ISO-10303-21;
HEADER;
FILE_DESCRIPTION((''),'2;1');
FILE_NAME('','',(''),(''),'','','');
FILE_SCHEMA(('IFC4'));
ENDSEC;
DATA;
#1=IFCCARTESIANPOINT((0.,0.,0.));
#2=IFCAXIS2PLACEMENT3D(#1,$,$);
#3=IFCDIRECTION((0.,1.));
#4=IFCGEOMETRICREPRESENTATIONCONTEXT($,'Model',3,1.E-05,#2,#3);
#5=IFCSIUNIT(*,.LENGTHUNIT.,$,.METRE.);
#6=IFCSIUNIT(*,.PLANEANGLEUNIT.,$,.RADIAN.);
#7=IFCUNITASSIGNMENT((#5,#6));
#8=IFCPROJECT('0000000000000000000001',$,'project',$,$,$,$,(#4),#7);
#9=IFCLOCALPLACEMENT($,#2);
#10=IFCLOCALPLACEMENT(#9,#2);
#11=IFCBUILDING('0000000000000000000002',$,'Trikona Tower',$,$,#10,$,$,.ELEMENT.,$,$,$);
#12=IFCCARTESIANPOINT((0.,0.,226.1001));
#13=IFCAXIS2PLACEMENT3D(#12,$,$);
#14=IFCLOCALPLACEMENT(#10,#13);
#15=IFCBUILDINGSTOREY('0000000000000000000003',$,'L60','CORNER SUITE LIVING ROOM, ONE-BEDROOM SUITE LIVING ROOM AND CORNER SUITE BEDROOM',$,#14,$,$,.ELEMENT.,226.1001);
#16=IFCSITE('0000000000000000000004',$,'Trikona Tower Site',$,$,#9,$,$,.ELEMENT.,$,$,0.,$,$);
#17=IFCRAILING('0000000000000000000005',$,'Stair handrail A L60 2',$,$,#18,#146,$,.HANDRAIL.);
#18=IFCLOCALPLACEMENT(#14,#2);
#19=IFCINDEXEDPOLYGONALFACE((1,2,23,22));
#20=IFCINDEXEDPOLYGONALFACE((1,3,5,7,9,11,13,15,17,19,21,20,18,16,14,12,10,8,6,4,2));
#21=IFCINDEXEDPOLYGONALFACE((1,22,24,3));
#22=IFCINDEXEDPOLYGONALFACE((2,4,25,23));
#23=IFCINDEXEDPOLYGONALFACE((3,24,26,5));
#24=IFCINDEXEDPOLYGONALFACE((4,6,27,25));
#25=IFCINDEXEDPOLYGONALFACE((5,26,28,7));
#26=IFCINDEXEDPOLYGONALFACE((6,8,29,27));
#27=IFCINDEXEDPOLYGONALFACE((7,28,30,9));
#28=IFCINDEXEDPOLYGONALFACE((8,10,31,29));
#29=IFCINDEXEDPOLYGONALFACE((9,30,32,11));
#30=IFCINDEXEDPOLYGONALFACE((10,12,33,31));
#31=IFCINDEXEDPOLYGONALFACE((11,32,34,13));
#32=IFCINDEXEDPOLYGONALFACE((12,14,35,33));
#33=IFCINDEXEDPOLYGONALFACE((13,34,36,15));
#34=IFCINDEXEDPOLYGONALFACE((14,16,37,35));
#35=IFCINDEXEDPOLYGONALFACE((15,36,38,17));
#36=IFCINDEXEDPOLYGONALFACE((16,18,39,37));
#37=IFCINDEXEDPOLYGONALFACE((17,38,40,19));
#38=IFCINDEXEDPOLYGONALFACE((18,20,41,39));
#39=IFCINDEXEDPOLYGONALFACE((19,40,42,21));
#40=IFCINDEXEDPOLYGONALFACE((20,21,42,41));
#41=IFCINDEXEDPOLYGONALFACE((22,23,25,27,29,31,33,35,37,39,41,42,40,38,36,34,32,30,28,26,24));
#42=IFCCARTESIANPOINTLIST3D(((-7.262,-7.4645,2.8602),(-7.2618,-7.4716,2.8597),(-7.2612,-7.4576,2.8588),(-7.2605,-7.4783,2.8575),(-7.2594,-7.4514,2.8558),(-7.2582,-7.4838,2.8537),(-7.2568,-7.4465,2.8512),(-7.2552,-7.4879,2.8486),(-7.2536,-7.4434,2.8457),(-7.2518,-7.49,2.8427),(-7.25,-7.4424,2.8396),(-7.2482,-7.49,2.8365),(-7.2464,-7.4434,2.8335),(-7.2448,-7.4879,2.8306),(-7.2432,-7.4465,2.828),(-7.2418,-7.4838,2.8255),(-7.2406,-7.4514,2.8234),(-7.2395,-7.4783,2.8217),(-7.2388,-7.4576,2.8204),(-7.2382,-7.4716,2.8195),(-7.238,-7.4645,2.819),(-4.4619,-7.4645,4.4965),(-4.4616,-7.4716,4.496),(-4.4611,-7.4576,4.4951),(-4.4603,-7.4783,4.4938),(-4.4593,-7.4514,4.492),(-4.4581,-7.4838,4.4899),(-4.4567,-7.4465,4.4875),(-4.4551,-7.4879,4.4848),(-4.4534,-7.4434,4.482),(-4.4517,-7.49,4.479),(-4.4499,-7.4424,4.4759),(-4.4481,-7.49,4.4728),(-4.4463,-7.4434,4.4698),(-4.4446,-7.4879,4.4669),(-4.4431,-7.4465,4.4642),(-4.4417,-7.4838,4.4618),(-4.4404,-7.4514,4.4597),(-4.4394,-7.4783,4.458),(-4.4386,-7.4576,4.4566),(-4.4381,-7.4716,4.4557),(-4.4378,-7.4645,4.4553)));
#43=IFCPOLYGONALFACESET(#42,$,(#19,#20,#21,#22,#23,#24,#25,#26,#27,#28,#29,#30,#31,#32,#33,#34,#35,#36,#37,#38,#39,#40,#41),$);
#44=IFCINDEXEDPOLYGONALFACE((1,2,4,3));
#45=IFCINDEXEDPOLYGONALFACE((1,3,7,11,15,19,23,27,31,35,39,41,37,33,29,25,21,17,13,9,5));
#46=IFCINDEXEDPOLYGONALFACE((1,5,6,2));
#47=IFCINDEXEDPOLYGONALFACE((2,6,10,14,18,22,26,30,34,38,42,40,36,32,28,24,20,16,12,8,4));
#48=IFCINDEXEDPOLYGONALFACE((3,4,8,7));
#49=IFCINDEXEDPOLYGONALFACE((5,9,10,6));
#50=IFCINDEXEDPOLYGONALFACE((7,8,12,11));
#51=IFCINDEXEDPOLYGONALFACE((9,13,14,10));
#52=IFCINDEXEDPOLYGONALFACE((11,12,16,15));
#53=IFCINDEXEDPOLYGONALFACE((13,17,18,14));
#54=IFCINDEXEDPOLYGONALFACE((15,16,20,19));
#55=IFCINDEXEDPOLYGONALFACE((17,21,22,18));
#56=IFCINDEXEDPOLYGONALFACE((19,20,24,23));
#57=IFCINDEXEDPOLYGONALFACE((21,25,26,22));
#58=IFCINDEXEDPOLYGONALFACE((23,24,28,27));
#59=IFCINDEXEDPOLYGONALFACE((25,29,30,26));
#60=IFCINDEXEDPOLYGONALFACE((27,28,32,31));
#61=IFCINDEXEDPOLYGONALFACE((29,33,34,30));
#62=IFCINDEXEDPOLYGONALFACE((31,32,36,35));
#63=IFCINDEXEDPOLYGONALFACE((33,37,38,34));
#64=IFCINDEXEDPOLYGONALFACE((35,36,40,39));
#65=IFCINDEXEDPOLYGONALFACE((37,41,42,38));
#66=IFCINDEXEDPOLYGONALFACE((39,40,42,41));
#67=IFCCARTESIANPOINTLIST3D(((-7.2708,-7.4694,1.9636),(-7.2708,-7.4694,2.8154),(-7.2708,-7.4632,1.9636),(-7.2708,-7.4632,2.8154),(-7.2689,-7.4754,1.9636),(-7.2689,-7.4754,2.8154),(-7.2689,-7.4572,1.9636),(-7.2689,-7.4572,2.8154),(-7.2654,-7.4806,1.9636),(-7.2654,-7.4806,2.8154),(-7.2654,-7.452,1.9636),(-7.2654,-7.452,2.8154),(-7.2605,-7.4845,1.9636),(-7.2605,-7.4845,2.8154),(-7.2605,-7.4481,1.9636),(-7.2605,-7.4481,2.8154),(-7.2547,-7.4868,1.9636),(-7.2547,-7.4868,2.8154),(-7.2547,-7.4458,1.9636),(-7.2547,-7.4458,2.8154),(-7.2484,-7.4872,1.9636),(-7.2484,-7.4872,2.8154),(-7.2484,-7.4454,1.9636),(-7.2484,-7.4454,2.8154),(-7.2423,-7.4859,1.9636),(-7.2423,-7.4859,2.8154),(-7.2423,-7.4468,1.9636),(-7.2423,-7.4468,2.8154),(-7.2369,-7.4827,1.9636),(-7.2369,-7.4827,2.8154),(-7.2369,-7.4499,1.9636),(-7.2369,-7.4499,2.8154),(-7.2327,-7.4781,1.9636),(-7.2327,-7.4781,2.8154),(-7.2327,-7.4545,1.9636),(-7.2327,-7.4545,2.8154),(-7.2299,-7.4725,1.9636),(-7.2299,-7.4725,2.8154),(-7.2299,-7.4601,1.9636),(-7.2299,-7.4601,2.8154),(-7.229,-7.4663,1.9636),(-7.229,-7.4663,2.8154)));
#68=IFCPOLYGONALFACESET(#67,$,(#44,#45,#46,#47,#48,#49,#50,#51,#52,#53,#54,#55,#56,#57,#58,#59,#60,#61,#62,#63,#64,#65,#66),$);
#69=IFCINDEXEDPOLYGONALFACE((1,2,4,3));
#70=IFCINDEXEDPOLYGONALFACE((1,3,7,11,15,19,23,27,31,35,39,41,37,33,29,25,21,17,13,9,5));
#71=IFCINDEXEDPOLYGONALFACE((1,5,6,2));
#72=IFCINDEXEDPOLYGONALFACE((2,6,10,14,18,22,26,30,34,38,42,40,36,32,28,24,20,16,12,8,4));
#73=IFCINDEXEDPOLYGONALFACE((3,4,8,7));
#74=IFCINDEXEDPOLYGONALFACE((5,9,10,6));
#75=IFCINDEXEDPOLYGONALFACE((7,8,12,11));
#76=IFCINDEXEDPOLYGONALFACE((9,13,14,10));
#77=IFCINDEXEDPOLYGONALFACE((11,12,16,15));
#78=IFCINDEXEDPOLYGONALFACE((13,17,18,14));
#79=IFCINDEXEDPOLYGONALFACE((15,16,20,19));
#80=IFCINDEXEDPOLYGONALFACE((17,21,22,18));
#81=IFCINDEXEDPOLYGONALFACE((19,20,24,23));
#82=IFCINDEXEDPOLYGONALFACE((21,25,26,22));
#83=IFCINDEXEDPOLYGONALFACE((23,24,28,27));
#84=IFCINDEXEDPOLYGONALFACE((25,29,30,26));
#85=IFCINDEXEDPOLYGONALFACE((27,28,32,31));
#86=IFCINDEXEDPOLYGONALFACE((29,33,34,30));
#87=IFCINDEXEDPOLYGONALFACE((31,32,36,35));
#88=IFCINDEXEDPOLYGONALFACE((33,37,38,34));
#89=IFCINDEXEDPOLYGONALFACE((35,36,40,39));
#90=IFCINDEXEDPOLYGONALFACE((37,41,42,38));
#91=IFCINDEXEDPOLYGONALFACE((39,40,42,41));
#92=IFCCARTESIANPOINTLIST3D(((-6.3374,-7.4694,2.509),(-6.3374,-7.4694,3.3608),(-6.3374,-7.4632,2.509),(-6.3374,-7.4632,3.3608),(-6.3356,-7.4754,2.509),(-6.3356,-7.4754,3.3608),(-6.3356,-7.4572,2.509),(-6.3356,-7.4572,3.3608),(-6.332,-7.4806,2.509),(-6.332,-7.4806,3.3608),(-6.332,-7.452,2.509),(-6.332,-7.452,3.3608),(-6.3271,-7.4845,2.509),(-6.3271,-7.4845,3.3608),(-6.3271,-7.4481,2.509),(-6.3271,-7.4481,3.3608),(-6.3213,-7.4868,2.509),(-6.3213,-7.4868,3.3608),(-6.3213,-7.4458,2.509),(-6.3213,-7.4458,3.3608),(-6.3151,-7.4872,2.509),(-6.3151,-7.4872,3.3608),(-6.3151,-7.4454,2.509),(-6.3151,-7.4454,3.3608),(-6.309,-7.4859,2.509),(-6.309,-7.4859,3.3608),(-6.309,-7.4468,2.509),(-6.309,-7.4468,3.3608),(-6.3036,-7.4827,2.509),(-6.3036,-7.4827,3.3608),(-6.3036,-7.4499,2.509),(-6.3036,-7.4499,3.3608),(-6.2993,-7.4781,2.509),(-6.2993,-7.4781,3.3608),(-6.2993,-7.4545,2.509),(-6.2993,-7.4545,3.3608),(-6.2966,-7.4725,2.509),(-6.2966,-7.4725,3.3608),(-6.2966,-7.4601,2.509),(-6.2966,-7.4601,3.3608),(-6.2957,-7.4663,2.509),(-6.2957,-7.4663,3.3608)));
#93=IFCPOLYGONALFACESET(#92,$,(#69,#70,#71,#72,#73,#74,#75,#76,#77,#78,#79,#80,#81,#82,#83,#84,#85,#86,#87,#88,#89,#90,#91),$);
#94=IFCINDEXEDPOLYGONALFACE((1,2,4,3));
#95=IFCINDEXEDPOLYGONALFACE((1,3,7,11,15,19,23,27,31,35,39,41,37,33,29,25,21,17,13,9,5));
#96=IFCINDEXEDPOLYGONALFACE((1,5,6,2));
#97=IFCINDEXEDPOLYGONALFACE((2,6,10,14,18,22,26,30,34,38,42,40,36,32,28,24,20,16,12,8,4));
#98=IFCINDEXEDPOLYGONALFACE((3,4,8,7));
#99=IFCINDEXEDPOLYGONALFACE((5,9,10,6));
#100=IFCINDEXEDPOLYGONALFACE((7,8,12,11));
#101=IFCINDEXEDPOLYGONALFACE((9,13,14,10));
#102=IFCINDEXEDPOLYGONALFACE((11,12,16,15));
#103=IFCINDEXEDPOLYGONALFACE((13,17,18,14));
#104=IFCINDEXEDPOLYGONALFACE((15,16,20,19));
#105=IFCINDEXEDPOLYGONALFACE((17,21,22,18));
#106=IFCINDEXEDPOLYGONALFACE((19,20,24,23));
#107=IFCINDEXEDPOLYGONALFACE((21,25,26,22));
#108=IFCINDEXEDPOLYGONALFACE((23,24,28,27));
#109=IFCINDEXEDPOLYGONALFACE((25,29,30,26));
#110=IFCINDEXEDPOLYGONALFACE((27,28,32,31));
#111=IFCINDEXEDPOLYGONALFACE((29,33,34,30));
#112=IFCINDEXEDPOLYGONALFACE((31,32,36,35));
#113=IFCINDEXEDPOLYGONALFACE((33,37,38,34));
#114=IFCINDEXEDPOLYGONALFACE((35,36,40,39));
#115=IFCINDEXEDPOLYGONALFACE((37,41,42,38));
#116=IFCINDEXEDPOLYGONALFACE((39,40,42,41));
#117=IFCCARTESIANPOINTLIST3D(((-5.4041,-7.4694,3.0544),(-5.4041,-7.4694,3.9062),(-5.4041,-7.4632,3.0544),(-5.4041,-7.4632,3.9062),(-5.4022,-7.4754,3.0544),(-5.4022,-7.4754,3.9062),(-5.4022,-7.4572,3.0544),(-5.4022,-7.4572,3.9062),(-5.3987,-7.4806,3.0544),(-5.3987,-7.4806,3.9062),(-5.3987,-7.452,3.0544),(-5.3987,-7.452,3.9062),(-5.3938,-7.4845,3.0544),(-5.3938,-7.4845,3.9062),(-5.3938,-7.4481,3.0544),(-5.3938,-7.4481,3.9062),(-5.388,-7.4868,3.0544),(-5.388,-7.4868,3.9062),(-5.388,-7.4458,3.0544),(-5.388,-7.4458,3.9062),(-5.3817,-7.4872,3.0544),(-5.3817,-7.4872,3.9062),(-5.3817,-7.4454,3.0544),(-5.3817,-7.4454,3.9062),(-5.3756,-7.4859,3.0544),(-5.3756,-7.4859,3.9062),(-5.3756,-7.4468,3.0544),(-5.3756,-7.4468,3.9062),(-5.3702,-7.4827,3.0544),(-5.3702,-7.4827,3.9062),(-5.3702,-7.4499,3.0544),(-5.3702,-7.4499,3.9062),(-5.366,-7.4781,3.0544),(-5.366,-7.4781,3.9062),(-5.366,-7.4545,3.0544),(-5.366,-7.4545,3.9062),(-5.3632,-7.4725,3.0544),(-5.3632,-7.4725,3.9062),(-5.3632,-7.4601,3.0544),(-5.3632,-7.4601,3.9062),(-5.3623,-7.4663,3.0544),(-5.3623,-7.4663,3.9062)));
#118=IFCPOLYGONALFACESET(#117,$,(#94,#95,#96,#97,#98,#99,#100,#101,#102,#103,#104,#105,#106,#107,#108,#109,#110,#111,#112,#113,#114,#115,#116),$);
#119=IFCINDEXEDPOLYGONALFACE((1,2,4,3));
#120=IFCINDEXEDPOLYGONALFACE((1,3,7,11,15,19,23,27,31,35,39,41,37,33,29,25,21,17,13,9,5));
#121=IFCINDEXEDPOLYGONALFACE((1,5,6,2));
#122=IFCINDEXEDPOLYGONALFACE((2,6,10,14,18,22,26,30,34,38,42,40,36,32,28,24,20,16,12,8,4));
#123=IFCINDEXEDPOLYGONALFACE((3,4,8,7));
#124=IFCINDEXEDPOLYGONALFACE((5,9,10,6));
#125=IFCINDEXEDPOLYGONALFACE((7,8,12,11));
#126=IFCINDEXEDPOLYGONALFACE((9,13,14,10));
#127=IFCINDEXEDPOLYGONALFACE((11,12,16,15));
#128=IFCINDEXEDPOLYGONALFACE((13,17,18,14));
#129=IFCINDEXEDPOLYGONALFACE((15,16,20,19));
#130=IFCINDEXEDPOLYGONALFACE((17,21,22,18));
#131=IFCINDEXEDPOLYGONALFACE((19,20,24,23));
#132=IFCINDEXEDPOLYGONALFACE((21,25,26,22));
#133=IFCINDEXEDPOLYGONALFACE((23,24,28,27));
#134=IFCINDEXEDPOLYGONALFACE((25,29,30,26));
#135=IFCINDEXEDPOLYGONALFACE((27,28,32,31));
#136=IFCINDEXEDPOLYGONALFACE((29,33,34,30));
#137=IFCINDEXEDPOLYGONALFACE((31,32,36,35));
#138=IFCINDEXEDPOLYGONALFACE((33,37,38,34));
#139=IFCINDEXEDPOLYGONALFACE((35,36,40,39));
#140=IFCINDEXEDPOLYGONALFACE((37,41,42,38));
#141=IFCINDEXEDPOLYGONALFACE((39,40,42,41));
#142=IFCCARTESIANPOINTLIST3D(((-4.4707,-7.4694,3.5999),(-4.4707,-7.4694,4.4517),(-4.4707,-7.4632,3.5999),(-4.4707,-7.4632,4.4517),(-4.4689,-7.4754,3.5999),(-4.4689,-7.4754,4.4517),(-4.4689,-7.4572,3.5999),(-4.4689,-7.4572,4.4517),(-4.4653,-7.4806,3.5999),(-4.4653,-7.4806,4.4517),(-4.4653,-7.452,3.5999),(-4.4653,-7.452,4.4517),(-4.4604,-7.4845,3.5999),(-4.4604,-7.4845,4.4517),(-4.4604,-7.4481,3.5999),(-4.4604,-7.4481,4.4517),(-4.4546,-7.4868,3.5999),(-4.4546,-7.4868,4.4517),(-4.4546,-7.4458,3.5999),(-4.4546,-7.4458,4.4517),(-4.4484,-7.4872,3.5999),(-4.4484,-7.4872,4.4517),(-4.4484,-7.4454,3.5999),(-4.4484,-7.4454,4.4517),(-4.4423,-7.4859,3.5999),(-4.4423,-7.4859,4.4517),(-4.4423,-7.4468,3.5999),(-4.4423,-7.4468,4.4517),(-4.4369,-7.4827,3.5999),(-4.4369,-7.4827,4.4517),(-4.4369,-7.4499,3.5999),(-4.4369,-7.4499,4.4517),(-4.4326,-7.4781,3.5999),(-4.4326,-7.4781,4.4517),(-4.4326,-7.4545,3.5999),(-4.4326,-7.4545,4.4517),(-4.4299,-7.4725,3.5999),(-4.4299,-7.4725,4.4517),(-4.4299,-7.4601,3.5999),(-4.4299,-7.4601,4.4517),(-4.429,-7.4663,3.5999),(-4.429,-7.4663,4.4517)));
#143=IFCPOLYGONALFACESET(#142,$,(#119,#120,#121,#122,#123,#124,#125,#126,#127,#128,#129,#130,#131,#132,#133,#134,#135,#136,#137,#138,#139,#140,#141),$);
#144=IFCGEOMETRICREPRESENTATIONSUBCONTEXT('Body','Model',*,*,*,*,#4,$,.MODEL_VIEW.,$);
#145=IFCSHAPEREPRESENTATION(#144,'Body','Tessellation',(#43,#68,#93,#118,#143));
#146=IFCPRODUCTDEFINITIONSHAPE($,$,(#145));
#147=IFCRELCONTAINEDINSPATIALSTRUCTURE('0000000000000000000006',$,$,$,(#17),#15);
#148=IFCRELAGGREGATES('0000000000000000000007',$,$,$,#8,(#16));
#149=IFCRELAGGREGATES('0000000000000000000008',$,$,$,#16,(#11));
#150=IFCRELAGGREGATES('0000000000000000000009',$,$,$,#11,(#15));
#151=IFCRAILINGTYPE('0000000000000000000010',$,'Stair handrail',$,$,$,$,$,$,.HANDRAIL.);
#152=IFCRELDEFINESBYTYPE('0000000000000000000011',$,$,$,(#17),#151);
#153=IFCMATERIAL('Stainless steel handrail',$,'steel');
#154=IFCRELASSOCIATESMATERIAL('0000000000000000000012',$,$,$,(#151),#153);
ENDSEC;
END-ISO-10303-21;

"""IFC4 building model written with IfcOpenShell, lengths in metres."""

from ifc_helpers import new_model, si_unit, direction, frame, origin, origin_2d, place, context, subcontext, project, spatial, circle, extrude, material, type_object, element, save


model = new_model("IFC4")

# Units and contexts
model_context = context("Model", 3, precision=1e-05, world=origin(), true_north=direction((0.0, 1.0)))
body_context = subcontext(model_context, "Body", "Model", "MODEL_VIEW")
ifc_project = project(units=[si_unit("LENGTHUNIT", "METRE"), si_unit("PLANEANGLEUNIT", "RADIAN")], contexts=[model_context])

# Site, building, storey
site_placement = place(None, origin())
site = spatial("IfcSite", under=ifc_project, at=site_placement, Name="Trikona Tower Site", CompositionType="ELEMENT", RefElevation=0.0)
building_placement = place(site_placement, origin())
building = spatial("IfcBuilding", under=site, at=building_placement, Name="Trikona Tower", CompositionType="ELEMENT")
storey_placement = place(building_placement, frame((0.0, 0.0, 226.1001)))
storey = spatial("IfcBuildingStorey", under=building, at=storey_placement, Name="L60", Description="CORNER SUITE LIVING ROOM, ONE-BEDROOM SUITE LIVING ROOM AND CORNER SUITE BEDROOM", CompositionType="ELEMENT", Elevation=226.1001)

# Railing
ifc_material_1 = material(Name="Stainless steel handrail", Category="steel")
railing_type = type_object("IfcRailingType", Name="Stair handrail", PredefinedType="HANDRAIL", material=ifc_material_1)
railing_1_placement = place(storey_placement, frame((-7.25, -7.4663, 1.9636)))
element("IfcRailing", 1, at=railing_1_placement, inside=storey, type_object=railing_type, Name="Stair handrail A L60 2", PredefinedType="HANDRAIL", context=body_context, shape_type="SweptSolid", body=[
    extrude(circle(Radius=0.0239, at=origin_2d()), frame((0.0, 0.0, 0.876), z_axis=(0.863394, 0.0, 0.504531), x_axis=(0.0, 1.0, 0.0)), (0.0, 0.0, 1.0), 3.2432),
    extrude(circle(Radius=0.021, at=origin_2d()), origin(), (0.0, 0.0, 1.0), 0.8518),
    extrude(circle(Radius=0.021, at=origin_2d()), frame((0.9333, 0.0, 0.5454)), (0.0, 0.0, 1.0), 0.8518),
    extrude(circle(Radius=0.021, at=origin_2d()), frame((1.8667, 0.0, 1.0908)), (0.0, 0.0, 1.0), 0.8518),
    extrude(circle(Radius=0.021, at=origin_2d()), frame((2.8, 0.0, 1.6362)), (0.0, 0.0, 1.0), 0.8518),
])

save(model, "model.ifc")
